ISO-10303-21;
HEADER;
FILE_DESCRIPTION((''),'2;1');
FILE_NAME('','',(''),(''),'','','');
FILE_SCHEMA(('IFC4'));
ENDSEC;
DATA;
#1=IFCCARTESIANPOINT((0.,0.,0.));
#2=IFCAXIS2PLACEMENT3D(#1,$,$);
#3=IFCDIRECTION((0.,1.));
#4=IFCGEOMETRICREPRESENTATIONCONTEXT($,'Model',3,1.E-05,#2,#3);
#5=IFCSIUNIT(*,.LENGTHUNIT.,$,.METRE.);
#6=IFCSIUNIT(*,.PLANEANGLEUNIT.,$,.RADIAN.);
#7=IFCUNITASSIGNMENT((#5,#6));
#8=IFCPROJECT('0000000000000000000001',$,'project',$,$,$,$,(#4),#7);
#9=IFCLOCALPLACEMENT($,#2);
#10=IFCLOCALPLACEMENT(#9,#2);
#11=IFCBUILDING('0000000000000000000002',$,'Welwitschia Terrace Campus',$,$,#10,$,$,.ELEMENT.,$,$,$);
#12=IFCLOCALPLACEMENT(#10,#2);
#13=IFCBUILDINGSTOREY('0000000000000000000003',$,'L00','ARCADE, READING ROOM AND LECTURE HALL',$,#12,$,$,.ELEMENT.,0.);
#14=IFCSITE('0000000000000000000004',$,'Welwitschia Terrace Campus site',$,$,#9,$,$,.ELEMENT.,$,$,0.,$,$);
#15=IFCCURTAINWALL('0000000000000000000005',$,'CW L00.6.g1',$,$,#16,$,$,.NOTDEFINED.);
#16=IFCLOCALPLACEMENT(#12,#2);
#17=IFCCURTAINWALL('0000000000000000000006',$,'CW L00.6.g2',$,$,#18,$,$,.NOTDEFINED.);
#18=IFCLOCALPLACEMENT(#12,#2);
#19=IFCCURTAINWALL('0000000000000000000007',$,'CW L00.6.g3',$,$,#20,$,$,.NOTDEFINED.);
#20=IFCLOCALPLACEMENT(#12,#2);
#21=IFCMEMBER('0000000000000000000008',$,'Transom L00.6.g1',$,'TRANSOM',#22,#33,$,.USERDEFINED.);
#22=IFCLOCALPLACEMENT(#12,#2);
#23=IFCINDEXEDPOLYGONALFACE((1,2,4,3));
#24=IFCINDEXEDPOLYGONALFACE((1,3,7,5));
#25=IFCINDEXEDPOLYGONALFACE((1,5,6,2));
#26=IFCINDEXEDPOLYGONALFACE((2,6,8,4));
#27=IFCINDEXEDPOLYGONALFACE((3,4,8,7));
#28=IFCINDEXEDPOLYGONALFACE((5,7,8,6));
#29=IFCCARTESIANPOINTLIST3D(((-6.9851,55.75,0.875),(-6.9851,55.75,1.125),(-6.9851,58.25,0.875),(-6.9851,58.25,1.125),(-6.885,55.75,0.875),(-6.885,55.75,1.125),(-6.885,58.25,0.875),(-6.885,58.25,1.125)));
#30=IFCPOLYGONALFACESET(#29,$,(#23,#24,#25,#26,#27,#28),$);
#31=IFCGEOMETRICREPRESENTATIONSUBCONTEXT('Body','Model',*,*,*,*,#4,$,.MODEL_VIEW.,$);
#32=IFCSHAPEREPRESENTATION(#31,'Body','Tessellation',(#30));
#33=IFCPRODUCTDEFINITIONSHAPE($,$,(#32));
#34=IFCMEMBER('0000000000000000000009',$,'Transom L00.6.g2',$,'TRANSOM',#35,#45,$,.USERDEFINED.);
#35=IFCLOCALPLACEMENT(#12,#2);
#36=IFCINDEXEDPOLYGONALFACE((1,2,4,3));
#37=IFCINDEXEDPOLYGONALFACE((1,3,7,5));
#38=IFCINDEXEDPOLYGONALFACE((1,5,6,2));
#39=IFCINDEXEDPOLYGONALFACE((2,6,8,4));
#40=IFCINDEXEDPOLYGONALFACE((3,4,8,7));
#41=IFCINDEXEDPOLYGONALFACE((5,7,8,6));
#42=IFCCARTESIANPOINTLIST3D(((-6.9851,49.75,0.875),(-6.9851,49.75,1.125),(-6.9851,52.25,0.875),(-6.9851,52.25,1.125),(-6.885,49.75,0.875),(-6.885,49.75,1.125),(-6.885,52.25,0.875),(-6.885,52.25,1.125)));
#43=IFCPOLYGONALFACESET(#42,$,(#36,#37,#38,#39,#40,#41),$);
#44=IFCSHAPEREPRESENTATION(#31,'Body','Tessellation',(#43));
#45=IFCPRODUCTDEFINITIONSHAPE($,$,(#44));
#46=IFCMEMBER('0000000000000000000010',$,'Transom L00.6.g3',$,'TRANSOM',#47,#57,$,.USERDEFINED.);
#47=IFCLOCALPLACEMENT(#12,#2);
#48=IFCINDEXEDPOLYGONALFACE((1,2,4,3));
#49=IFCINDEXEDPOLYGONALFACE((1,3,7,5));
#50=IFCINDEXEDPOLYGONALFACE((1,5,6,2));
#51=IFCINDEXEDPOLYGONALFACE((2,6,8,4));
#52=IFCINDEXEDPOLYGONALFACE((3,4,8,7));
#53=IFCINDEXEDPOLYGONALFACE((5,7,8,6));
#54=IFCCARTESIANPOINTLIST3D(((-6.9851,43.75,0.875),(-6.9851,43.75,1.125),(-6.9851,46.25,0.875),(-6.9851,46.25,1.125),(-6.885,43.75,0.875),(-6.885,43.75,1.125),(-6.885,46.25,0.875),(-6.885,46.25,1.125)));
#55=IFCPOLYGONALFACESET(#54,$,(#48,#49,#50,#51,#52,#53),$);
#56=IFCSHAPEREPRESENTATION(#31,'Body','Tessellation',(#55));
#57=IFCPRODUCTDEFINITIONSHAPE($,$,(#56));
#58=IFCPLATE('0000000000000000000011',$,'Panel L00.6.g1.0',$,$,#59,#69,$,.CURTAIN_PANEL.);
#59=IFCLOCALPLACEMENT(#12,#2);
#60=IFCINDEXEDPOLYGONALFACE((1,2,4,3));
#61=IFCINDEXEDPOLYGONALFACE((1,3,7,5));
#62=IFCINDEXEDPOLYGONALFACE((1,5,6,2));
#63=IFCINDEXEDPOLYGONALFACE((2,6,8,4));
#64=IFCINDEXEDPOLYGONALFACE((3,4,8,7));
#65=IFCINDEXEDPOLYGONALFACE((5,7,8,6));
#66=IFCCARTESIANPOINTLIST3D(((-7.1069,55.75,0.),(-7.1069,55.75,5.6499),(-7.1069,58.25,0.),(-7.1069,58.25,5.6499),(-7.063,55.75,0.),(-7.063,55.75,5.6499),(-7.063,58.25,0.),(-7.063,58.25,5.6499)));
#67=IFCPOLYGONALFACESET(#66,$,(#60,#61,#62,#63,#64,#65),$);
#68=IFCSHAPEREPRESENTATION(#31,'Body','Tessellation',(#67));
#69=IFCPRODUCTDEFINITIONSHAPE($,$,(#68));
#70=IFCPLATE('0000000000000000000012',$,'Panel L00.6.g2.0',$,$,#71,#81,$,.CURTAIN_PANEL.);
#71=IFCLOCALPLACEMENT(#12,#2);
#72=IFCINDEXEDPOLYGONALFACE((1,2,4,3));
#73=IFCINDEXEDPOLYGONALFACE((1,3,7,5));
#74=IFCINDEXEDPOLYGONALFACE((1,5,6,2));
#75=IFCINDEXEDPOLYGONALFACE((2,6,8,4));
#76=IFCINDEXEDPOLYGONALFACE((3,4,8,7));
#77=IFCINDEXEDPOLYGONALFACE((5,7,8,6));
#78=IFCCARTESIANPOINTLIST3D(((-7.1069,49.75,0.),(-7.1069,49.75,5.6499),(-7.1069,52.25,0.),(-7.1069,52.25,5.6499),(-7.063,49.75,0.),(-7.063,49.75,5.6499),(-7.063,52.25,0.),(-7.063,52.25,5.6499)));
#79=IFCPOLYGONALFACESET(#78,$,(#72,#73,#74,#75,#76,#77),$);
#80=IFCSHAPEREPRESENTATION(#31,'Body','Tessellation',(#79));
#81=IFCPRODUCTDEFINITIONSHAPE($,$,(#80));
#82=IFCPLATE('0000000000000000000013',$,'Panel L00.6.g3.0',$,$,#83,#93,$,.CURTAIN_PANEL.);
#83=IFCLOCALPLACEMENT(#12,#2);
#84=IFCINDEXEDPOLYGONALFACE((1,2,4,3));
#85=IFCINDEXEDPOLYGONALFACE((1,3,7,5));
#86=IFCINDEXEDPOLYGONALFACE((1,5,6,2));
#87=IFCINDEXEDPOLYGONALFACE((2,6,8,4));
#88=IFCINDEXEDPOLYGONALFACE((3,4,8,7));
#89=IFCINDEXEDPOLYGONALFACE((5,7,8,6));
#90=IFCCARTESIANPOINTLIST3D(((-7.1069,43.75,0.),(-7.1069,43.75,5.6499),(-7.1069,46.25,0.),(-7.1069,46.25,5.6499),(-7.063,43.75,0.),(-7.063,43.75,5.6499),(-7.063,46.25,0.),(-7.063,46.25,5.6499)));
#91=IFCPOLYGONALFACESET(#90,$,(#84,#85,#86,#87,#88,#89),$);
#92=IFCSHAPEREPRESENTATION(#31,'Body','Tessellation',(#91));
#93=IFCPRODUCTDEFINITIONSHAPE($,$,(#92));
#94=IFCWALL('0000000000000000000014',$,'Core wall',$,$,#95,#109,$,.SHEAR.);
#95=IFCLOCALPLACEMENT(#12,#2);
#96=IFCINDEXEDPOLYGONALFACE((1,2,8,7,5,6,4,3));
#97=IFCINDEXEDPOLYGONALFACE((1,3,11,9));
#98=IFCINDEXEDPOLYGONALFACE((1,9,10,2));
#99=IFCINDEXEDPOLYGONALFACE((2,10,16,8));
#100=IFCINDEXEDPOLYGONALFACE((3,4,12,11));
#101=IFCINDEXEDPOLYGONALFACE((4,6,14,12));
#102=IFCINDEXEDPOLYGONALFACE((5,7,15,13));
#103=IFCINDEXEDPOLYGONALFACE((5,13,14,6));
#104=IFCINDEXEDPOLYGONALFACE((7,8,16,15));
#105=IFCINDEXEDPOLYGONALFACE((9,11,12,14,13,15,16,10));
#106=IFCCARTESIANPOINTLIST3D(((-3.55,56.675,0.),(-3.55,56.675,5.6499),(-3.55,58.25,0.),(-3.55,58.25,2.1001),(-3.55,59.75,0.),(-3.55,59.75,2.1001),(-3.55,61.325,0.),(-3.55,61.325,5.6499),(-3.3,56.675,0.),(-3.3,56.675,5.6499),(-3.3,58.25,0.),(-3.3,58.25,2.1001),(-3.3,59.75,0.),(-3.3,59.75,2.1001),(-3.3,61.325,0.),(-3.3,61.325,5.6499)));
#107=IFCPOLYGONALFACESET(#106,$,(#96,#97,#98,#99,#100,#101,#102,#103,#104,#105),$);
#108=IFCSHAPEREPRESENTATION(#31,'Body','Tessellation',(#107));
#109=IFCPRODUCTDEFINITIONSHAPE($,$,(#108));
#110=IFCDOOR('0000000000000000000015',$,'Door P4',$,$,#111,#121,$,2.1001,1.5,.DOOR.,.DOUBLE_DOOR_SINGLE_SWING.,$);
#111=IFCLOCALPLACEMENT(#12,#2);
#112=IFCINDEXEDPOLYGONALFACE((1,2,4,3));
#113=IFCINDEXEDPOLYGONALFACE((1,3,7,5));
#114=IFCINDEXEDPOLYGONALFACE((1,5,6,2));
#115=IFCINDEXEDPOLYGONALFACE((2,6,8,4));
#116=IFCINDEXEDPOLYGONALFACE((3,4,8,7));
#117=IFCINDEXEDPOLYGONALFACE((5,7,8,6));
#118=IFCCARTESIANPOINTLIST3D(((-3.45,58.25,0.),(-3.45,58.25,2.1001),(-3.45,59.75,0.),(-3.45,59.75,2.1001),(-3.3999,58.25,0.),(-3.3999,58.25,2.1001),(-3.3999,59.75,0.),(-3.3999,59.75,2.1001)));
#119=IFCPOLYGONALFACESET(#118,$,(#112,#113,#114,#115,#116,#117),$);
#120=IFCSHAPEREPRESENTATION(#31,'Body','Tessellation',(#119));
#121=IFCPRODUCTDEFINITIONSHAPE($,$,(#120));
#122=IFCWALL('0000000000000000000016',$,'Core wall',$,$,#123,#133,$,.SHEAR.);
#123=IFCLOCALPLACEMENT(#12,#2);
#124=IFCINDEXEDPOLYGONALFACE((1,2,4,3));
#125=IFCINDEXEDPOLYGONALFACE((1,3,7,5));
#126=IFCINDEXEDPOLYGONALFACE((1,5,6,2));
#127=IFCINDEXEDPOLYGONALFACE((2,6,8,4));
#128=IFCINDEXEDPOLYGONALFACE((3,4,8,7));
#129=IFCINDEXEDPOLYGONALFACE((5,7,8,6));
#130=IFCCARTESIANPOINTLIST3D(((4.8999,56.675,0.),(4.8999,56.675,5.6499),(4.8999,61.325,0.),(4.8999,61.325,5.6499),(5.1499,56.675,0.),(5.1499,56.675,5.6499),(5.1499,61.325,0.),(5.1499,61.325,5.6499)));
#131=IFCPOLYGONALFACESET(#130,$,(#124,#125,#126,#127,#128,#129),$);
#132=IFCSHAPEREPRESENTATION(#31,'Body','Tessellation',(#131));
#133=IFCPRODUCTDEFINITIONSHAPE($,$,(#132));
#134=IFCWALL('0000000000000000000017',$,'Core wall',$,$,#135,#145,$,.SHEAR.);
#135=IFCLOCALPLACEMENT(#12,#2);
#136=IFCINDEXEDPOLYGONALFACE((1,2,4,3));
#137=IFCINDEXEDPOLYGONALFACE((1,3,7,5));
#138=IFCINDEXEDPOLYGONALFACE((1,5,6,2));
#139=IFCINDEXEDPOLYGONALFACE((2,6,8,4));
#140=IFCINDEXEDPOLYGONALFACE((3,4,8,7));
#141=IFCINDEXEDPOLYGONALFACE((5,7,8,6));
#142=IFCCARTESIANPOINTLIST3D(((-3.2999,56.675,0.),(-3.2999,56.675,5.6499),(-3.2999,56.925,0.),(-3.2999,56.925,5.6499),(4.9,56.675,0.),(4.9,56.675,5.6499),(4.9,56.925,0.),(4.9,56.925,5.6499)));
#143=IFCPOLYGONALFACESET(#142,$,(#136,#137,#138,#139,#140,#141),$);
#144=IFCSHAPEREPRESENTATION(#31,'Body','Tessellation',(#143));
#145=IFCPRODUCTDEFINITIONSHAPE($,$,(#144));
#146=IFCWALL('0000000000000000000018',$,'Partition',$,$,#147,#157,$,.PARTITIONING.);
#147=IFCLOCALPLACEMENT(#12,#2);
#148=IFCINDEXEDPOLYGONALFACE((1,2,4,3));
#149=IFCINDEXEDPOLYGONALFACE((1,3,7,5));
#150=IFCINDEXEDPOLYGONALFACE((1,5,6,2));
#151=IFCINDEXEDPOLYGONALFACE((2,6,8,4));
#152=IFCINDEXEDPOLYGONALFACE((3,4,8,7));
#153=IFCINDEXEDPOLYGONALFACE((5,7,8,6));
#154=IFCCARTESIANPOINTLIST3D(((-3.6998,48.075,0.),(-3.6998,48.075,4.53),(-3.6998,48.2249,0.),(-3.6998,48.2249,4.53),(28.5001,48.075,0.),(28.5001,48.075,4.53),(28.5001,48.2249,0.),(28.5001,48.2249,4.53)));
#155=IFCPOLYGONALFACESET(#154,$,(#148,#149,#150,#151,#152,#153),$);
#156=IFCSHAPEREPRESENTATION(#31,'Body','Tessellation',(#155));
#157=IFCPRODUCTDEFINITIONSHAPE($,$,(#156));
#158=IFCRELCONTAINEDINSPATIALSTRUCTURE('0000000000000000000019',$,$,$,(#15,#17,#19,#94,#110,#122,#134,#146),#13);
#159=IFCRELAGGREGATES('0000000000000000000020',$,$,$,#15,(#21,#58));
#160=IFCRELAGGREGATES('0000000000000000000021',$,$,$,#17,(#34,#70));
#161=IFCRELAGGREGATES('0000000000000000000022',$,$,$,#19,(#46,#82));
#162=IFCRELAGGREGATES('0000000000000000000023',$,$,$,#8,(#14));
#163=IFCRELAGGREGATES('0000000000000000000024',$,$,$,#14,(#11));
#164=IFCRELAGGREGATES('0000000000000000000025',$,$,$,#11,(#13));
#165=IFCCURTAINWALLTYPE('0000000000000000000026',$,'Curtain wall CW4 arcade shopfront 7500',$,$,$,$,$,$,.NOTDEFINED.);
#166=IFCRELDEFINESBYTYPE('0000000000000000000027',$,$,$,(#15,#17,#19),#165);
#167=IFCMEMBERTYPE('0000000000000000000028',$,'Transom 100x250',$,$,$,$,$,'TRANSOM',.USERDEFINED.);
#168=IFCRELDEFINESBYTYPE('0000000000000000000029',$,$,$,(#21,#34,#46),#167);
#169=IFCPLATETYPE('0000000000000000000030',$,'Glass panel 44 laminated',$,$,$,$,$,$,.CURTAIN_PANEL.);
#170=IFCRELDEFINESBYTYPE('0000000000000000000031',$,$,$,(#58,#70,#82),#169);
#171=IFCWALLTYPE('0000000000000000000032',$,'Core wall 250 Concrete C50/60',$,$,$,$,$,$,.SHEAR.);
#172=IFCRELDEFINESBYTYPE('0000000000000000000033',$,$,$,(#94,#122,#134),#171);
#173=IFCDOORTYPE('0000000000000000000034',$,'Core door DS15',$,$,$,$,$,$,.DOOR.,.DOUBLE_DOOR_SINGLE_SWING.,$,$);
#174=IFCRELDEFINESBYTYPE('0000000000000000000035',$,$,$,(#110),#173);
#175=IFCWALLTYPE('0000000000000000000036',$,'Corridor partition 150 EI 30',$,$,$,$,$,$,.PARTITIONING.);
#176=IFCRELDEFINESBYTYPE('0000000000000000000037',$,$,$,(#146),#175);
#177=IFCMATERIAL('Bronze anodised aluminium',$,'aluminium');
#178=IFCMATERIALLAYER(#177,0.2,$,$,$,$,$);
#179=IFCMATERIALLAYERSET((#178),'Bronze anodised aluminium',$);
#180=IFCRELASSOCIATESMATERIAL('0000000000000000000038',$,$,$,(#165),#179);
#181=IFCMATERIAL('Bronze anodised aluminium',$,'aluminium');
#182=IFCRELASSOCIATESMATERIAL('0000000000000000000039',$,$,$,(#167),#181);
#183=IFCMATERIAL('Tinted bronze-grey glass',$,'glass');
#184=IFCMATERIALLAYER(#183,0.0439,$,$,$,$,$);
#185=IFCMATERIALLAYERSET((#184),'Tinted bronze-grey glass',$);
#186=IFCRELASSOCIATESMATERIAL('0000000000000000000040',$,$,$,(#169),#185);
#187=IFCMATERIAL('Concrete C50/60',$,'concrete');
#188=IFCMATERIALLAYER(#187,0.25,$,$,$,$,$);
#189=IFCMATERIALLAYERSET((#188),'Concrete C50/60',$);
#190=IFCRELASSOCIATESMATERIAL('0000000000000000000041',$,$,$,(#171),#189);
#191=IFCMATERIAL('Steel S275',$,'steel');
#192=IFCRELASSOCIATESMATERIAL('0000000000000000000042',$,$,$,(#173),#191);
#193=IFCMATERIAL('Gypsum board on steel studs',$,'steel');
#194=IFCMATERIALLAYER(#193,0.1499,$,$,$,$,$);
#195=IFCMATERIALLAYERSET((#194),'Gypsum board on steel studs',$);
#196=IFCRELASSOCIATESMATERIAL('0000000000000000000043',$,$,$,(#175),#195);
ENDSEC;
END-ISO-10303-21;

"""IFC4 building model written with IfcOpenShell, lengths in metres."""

from ifc_helpers import new_model, si_unit, direction, frame, frame_2d, origin, origin_2d, place, context, subcontext, project, spatial, rectangle, extrude, material, layer, layer_set, material_profile, profile_set, type_object, element, fill, aggregate, save


model = new_model("IFC4")

# Units and contexts
model_context = context("Model", 3, precision=1e-05, world=origin(), true_north=direction((0.0, 1.0)))
body_context = subcontext(model_context, "Body", "Model", "MODEL_VIEW")
ifc_project = project(units=[si_unit("LENGTHUNIT", "METRE"), si_unit("PLANEANGLEUNIT", "RADIAN")], contexts=[model_context])

# Site, building, storey
site_placement = place(None, origin())
site = spatial("IfcSite", under=ifc_project, at=site_placement, Name="Welwitschia Terrace Campus site", CompositionType="ELEMENT", RefElevation=0.0)
building_placement = place(site_placement, origin())
building = spatial("IfcBuilding", under=site, at=building_placement, Name="Welwitschia Terrace Campus", CompositionType="ELEMENT")
storey_placement = place(building_placement, origin())
storey = spatial("IfcBuildingStorey", under=building, at=storey_placement, Name="L00", Description="ARCADE, READING ROOM AND LECTURE HALL", CompositionType="ELEMENT", Elevation=0.0)

# Curtain walls
ifc_material_1 = material(Name="Bronze anodised aluminium", Category="aluminium")
ifc_layer_1 = layer(ifc_material_1, 0.2)
ifc_layer_set_1 = layer_set([ifc_layer_1], Name="Bronze anodised aluminium")
curtain_wall_type = type_object("IfcCurtainWallType", Name="Curtain wall CW4 arcade shopfront 7500", PredefinedType="NOTDEFINED", material=ifc_layer_set_1)
curtain_wall_1_placement = place(storey_placement, origin())
curtain_wall_1 = element("IfcCurtainWall", 1, at=curtain_wall_1_placement, inside=storey, type_object=curtain_wall_type, Name="CW L00.6.g1", PredefinedType="NOTDEFINED")
curtain_wall_2_placement = place(storey_placement, origin())
curtain_wall_2 = element("IfcCurtainWall", 2, at=curtain_wall_2_placement, inside=storey, type_object=curtain_wall_type, Name="CW L00.6.g2", PredefinedType="NOTDEFINED")

# Curtain wall
curtain_wall_3_placement = place(storey_placement, origin())
curtain_wall_3 = element("IfcCurtainWall", 3, at=curtain_wall_3_placement, inside=storey, type_object=curtain_wall_type, Name="CW L00.6.g3", PredefinedType="NOTDEFINED")

# Members
ifc_material_2 = material(Name="Bronze anodised aluminium", Category="aluminium")
ifc_material_profile_1 = material_profile(ifc_material_2, rectangle(XDim=0.1001, YDim=0.25, at=origin_2d()))
ifc_profile_set_1 = profile_set([ifc_material_profile_1], Name="Bronze anodised aluminium")
member_type_1 = type_object("IfcMemberType", Name="Transom 100x250", ElementType="TRANSOM", PredefinedType="USERDEFINED", material=ifc_profile_set_1)
member_1_placement = place(storey_placement, frame((-6.9351, 58.25, 1.0), z_axis=(0.0, -1.0, 0.0), x_axis=(1.0, 0.0, 0.0)))
member_1 = element("IfcMember", 4, at=member_1_placement, type_object=member_type_1, Name="Transom L00.6.g1", ObjectType="TRANSOM", PredefinedType="USERDEFINED", context=body_context, shape_type="SweptSolid", body=[
    extrude(rectangle(XDim=0.1001, YDim=0.25, at=origin_2d()), origin(), (0.0, 0.0, 1.0), 2.5),
])
member_2_placement = place(storey_placement, frame((-6.9351, 52.25, 1.0), z_axis=(0.0, -1.0, 0.0), x_axis=(1.0, 0.0, 0.0)))
member_2 = element("IfcMember", 5, at=member_2_placement, type_object=member_type_1, Name="Transom L00.6.g2", ObjectType="TRANSOM", PredefinedType="USERDEFINED", context=body_context, shape_type="SweptSolid", body=[
    extrude(rectangle(XDim=0.1001, YDim=0.25, at=origin_2d()), origin(), (0.0, 0.0, 1.0), 2.5),
])
member_3_placement = place(storey_placement, frame((-6.9351, 46.25, 1.0), z_axis=(0.0, -1.0, 0.0), x_axis=(1.0, 0.0, 0.0)))
member_3 = element("IfcMember", 6, at=member_3_placement, type_object=member_type_1, Name="Transom L00.6.g3", ObjectType="TRANSOM", PredefinedType="USERDEFINED", context=body_context, shape_type="SweptSolid", body=[
    extrude(rectangle(XDim=0.1001, YDim=0.25, at=origin_2d()), origin(), (0.0, 0.0, 1.0), 2.5),
])

# Plates
ifc_material_3 = material(Name="Tinted bronze-grey glass", Category="glass")
ifc_layer_2 = layer(ifc_material_3, 0.0439)
ifc_layer_set_2 = layer_set([ifc_layer_2], Name="Tinted bronze-grey glass")
plate_type = type_object("IfcPlateType", Name="Glass panel 44 laminated", PredefinedType="CURTAIN_PANEL", material=ifc_layer_set_2)
plate_1_placement = place(storey_placement, frame((-7.085, 57.0, 0.0), z_axis=(0.0, 0.0, 1.0), x_axis=(0.0, -1.0, 0.0)))
plate_1 = element("IfcPlate", 7, at=plate_1_placement, type_object=plate_type, Name="Panel L00.6.g1.0", PredefinedType="CURTAIN_PANEL", context=body_context, shape_type="SweptSolid", body=[
    extrude(rectangle(XDim=2.5, YDim=0.0439, at=origin_2d()), origin(), (0.0, 0.0, 1.0), 5.6499),
])
aggregate(curtain_wall_1, [member_1, plate_1])
plate_2_placement = place(storey_placement, frame((-7.085, 51.0, 0.0), z_axis=(0.0, 0.0, 1.0), x_axis=(0.0, -1.0, 0.0)))
plate_2 = element("IfcPlate", 8, at=plate_2_placement, type_object=plate_type, Name="Panel L00.6.g2.0", PredefinedType="CURTAIN_PANEL", context=body_context, shape_type="SweptSolid", body=[
    extrude(rectangle(XDim=2.5, YDim=0.0439, at=origin_2d()), origin(), (0.0, 0.0, 1.0), 5.6499),
])
aggregate(curtain_wall_2, [member_2, plate_2])
plate_3_placement = place(storey_placement, frame((-7.085, 45.0, 0.0), z_axis=(0.0, 0.0, 1.0), x_axis=(0.0, -1.0, 0.0)))
plate_3 = element("IfcPlate", 9, at=plate_3_placement, type_object=plate_type, Name="Panel L00.6.g3.0", PredefinedType="CURTAIN_PANEL", context=body_context, shape_type="SweptSolid", body=[
    extrude(rectangle(XDim=2.5, YDim=0.0439, at=origin_2d()), origin(), (0.0, 0.0, 1.0), 5.6499),
])
aggregate(curtain_wall_3, [member_3, plate_3])

# Wall, opening, door
ifc_material_4 = material(Name="Concrete C50/60", Category="concrete")
ifc_layer_3 = layer(ifc_material_4, 0.25)
ifc_layer_set_3 = layer_set([ifc_layer_3], Name="Concrete C50/60")
wall_type_1 = type_object("IfcWallType", Name="Core wall 250 Concrete C50/60", PredefinedType="SHEAR", material=ifc_layer_set_3)
wall_1_placement = place(storey_placement, frame((-3.425, 56.675, 0.0), z_axis=(0.0, 0.0, 1.0), x_axis=(0.0, 1.0, 0.0)))
wall_1 = element("IfcWall", 10, at=wall_1_placement, inside=storey, type_object=wall_type_1, Name="Core wall", PredefinedType="SHEAR", context=body_context, shape_type="SweptSolid", body=[
    extrude(rectangle(XDim=4.6499, YDim=0.25, at=frame_2d((2.325, 0.0))), origin(), (0.0, 0.0, 1.0), 5.6499),
])
opening_1_placement = place(wall_1_placement, frame((1.575, 0.0, 0.0)))
opening_1 = element("IfcOpeningElement", 11, at=opening_1_placement, cuts=wall_1, PredefinedType="OPENING", context=body_context, shape_type="SweptSolid", body=[
    extrude(rectangle(XDim=1.5, YDim=2.1001, at=frame_2d((0.75, 1.05))), frame((0.0, 0.135, 0.0), z_axis=(0.0, -1.0, 0.0), x_axis=(1.0, 0.0, 0.0)), (0.0, 0.0, 1.0), 0.27),
])
ifc_material_5 = material(Name="Steel S275", Category="steel")
door_type_1 = type_object("IfcDoorType", Name="Core door DS15", OperationType="DOUBLE_DOOR_SINGLE_SWING", PredefinedType="DOOR", material=ifc_material_5)
door_1_placement = place(opening_1_placement, origin())
door_1 = element("IfcDoor", 12, at=door_1_placement, inside=storey, type_object=door_type_1, Name="Door P4", OperationType="DOUBLE_DOOR_SINGLE_SWING", OverallHeight=2.1001, OverallWidth=1.5, PredefinedType="DOOR", context=body_context, shape_type="SweptSolid", body=[
    extrude(rectangle(XDim=1.5, YDim=2.1001, at=frame_2d((0.75, 1.05))), frame((0.0, 0.0249, 0.0), z_axis=(0.0, -1.0, 0.0), x_axis=(1.0, 0.0, 0.0)), (0.0, 0.0, 1.0), 0.05),
])
fill(opening_1, door_1)

# Walls
wall_2_placement = place(storey_placement, frame((5.0249, 56.675, 0.0), z_axis=(0.0, 0.0, 1.0), x_axis=(0.0, 1.0, 0.0)))
element("IfcWall", 13, at=wall_2_placement, inside=storey, type_object=wall_type_1, Name="Core wall", PredefinedType="SHEAR", context=body_context, shape_type="SweptSolid", body=[
    extrude(rectangle(XDim=4.6499, YDim=0.25, at=frame_2d((2.325, 0.0))), origin(), (0.0, 0.0, 1.0), 5.6499),
])
wall_3_placement = place(storey_placement, frame((-3.3, 56.8, 0.0), z_axis=(0.0, 0.0, 1.0), x_axis=(1.0, 0.0, 0.0)))
element("IfcWall", 14, at=wall_3_placement, inside=storey, type_object=wall_type_1, Name="Core wall", PredefinedType="SHEAR", context=body_context, shape_type="SweptSolid", body=[
    extrude(rectangle(XDim=8.2, YDim=0.25, at=frame_2d((4.1001, 0.0))), origin(), (0.0, 0.0, 1.0), 5.6499),
])
ifc_material_6 = material(Name="Gypsum board on steel studs", Category="steel")
ifc_layer_4 = layer(ifc_material_6, 0.1499)
ifc_layer_set_4 = layer_set([ifc_layer_4], Name="Gypsum board on steel studs")
wall_type_2 = type_object("IfcWallType", Name="Corridor partition 150 EI 30", PredefinedType="PARTITIONING", material=ifc_layer_set_4)
wall_4_placement = place(storey_placement, frame((-3.7, 48.1499, 0.0), z_axis=(0.0, 0.0, 1.0), x_axis=(1.0, 0.0, 0.0)))
element("IfcWall", 15, at=wall_4_placement, inside=storey, type_object=wall_type_2, Name="Partition", PredefinedType="PARTITIONING", context=body_context, shape_type="SweptSolid", body=[
    extrude(rectangle(XDim=32.2, YDim=0.1499, at=frame_2d((16.1001, 0.0))), origin(), (0.0, 0.0, 1.0), 4.53),
])

save(model, "model.ifc")
